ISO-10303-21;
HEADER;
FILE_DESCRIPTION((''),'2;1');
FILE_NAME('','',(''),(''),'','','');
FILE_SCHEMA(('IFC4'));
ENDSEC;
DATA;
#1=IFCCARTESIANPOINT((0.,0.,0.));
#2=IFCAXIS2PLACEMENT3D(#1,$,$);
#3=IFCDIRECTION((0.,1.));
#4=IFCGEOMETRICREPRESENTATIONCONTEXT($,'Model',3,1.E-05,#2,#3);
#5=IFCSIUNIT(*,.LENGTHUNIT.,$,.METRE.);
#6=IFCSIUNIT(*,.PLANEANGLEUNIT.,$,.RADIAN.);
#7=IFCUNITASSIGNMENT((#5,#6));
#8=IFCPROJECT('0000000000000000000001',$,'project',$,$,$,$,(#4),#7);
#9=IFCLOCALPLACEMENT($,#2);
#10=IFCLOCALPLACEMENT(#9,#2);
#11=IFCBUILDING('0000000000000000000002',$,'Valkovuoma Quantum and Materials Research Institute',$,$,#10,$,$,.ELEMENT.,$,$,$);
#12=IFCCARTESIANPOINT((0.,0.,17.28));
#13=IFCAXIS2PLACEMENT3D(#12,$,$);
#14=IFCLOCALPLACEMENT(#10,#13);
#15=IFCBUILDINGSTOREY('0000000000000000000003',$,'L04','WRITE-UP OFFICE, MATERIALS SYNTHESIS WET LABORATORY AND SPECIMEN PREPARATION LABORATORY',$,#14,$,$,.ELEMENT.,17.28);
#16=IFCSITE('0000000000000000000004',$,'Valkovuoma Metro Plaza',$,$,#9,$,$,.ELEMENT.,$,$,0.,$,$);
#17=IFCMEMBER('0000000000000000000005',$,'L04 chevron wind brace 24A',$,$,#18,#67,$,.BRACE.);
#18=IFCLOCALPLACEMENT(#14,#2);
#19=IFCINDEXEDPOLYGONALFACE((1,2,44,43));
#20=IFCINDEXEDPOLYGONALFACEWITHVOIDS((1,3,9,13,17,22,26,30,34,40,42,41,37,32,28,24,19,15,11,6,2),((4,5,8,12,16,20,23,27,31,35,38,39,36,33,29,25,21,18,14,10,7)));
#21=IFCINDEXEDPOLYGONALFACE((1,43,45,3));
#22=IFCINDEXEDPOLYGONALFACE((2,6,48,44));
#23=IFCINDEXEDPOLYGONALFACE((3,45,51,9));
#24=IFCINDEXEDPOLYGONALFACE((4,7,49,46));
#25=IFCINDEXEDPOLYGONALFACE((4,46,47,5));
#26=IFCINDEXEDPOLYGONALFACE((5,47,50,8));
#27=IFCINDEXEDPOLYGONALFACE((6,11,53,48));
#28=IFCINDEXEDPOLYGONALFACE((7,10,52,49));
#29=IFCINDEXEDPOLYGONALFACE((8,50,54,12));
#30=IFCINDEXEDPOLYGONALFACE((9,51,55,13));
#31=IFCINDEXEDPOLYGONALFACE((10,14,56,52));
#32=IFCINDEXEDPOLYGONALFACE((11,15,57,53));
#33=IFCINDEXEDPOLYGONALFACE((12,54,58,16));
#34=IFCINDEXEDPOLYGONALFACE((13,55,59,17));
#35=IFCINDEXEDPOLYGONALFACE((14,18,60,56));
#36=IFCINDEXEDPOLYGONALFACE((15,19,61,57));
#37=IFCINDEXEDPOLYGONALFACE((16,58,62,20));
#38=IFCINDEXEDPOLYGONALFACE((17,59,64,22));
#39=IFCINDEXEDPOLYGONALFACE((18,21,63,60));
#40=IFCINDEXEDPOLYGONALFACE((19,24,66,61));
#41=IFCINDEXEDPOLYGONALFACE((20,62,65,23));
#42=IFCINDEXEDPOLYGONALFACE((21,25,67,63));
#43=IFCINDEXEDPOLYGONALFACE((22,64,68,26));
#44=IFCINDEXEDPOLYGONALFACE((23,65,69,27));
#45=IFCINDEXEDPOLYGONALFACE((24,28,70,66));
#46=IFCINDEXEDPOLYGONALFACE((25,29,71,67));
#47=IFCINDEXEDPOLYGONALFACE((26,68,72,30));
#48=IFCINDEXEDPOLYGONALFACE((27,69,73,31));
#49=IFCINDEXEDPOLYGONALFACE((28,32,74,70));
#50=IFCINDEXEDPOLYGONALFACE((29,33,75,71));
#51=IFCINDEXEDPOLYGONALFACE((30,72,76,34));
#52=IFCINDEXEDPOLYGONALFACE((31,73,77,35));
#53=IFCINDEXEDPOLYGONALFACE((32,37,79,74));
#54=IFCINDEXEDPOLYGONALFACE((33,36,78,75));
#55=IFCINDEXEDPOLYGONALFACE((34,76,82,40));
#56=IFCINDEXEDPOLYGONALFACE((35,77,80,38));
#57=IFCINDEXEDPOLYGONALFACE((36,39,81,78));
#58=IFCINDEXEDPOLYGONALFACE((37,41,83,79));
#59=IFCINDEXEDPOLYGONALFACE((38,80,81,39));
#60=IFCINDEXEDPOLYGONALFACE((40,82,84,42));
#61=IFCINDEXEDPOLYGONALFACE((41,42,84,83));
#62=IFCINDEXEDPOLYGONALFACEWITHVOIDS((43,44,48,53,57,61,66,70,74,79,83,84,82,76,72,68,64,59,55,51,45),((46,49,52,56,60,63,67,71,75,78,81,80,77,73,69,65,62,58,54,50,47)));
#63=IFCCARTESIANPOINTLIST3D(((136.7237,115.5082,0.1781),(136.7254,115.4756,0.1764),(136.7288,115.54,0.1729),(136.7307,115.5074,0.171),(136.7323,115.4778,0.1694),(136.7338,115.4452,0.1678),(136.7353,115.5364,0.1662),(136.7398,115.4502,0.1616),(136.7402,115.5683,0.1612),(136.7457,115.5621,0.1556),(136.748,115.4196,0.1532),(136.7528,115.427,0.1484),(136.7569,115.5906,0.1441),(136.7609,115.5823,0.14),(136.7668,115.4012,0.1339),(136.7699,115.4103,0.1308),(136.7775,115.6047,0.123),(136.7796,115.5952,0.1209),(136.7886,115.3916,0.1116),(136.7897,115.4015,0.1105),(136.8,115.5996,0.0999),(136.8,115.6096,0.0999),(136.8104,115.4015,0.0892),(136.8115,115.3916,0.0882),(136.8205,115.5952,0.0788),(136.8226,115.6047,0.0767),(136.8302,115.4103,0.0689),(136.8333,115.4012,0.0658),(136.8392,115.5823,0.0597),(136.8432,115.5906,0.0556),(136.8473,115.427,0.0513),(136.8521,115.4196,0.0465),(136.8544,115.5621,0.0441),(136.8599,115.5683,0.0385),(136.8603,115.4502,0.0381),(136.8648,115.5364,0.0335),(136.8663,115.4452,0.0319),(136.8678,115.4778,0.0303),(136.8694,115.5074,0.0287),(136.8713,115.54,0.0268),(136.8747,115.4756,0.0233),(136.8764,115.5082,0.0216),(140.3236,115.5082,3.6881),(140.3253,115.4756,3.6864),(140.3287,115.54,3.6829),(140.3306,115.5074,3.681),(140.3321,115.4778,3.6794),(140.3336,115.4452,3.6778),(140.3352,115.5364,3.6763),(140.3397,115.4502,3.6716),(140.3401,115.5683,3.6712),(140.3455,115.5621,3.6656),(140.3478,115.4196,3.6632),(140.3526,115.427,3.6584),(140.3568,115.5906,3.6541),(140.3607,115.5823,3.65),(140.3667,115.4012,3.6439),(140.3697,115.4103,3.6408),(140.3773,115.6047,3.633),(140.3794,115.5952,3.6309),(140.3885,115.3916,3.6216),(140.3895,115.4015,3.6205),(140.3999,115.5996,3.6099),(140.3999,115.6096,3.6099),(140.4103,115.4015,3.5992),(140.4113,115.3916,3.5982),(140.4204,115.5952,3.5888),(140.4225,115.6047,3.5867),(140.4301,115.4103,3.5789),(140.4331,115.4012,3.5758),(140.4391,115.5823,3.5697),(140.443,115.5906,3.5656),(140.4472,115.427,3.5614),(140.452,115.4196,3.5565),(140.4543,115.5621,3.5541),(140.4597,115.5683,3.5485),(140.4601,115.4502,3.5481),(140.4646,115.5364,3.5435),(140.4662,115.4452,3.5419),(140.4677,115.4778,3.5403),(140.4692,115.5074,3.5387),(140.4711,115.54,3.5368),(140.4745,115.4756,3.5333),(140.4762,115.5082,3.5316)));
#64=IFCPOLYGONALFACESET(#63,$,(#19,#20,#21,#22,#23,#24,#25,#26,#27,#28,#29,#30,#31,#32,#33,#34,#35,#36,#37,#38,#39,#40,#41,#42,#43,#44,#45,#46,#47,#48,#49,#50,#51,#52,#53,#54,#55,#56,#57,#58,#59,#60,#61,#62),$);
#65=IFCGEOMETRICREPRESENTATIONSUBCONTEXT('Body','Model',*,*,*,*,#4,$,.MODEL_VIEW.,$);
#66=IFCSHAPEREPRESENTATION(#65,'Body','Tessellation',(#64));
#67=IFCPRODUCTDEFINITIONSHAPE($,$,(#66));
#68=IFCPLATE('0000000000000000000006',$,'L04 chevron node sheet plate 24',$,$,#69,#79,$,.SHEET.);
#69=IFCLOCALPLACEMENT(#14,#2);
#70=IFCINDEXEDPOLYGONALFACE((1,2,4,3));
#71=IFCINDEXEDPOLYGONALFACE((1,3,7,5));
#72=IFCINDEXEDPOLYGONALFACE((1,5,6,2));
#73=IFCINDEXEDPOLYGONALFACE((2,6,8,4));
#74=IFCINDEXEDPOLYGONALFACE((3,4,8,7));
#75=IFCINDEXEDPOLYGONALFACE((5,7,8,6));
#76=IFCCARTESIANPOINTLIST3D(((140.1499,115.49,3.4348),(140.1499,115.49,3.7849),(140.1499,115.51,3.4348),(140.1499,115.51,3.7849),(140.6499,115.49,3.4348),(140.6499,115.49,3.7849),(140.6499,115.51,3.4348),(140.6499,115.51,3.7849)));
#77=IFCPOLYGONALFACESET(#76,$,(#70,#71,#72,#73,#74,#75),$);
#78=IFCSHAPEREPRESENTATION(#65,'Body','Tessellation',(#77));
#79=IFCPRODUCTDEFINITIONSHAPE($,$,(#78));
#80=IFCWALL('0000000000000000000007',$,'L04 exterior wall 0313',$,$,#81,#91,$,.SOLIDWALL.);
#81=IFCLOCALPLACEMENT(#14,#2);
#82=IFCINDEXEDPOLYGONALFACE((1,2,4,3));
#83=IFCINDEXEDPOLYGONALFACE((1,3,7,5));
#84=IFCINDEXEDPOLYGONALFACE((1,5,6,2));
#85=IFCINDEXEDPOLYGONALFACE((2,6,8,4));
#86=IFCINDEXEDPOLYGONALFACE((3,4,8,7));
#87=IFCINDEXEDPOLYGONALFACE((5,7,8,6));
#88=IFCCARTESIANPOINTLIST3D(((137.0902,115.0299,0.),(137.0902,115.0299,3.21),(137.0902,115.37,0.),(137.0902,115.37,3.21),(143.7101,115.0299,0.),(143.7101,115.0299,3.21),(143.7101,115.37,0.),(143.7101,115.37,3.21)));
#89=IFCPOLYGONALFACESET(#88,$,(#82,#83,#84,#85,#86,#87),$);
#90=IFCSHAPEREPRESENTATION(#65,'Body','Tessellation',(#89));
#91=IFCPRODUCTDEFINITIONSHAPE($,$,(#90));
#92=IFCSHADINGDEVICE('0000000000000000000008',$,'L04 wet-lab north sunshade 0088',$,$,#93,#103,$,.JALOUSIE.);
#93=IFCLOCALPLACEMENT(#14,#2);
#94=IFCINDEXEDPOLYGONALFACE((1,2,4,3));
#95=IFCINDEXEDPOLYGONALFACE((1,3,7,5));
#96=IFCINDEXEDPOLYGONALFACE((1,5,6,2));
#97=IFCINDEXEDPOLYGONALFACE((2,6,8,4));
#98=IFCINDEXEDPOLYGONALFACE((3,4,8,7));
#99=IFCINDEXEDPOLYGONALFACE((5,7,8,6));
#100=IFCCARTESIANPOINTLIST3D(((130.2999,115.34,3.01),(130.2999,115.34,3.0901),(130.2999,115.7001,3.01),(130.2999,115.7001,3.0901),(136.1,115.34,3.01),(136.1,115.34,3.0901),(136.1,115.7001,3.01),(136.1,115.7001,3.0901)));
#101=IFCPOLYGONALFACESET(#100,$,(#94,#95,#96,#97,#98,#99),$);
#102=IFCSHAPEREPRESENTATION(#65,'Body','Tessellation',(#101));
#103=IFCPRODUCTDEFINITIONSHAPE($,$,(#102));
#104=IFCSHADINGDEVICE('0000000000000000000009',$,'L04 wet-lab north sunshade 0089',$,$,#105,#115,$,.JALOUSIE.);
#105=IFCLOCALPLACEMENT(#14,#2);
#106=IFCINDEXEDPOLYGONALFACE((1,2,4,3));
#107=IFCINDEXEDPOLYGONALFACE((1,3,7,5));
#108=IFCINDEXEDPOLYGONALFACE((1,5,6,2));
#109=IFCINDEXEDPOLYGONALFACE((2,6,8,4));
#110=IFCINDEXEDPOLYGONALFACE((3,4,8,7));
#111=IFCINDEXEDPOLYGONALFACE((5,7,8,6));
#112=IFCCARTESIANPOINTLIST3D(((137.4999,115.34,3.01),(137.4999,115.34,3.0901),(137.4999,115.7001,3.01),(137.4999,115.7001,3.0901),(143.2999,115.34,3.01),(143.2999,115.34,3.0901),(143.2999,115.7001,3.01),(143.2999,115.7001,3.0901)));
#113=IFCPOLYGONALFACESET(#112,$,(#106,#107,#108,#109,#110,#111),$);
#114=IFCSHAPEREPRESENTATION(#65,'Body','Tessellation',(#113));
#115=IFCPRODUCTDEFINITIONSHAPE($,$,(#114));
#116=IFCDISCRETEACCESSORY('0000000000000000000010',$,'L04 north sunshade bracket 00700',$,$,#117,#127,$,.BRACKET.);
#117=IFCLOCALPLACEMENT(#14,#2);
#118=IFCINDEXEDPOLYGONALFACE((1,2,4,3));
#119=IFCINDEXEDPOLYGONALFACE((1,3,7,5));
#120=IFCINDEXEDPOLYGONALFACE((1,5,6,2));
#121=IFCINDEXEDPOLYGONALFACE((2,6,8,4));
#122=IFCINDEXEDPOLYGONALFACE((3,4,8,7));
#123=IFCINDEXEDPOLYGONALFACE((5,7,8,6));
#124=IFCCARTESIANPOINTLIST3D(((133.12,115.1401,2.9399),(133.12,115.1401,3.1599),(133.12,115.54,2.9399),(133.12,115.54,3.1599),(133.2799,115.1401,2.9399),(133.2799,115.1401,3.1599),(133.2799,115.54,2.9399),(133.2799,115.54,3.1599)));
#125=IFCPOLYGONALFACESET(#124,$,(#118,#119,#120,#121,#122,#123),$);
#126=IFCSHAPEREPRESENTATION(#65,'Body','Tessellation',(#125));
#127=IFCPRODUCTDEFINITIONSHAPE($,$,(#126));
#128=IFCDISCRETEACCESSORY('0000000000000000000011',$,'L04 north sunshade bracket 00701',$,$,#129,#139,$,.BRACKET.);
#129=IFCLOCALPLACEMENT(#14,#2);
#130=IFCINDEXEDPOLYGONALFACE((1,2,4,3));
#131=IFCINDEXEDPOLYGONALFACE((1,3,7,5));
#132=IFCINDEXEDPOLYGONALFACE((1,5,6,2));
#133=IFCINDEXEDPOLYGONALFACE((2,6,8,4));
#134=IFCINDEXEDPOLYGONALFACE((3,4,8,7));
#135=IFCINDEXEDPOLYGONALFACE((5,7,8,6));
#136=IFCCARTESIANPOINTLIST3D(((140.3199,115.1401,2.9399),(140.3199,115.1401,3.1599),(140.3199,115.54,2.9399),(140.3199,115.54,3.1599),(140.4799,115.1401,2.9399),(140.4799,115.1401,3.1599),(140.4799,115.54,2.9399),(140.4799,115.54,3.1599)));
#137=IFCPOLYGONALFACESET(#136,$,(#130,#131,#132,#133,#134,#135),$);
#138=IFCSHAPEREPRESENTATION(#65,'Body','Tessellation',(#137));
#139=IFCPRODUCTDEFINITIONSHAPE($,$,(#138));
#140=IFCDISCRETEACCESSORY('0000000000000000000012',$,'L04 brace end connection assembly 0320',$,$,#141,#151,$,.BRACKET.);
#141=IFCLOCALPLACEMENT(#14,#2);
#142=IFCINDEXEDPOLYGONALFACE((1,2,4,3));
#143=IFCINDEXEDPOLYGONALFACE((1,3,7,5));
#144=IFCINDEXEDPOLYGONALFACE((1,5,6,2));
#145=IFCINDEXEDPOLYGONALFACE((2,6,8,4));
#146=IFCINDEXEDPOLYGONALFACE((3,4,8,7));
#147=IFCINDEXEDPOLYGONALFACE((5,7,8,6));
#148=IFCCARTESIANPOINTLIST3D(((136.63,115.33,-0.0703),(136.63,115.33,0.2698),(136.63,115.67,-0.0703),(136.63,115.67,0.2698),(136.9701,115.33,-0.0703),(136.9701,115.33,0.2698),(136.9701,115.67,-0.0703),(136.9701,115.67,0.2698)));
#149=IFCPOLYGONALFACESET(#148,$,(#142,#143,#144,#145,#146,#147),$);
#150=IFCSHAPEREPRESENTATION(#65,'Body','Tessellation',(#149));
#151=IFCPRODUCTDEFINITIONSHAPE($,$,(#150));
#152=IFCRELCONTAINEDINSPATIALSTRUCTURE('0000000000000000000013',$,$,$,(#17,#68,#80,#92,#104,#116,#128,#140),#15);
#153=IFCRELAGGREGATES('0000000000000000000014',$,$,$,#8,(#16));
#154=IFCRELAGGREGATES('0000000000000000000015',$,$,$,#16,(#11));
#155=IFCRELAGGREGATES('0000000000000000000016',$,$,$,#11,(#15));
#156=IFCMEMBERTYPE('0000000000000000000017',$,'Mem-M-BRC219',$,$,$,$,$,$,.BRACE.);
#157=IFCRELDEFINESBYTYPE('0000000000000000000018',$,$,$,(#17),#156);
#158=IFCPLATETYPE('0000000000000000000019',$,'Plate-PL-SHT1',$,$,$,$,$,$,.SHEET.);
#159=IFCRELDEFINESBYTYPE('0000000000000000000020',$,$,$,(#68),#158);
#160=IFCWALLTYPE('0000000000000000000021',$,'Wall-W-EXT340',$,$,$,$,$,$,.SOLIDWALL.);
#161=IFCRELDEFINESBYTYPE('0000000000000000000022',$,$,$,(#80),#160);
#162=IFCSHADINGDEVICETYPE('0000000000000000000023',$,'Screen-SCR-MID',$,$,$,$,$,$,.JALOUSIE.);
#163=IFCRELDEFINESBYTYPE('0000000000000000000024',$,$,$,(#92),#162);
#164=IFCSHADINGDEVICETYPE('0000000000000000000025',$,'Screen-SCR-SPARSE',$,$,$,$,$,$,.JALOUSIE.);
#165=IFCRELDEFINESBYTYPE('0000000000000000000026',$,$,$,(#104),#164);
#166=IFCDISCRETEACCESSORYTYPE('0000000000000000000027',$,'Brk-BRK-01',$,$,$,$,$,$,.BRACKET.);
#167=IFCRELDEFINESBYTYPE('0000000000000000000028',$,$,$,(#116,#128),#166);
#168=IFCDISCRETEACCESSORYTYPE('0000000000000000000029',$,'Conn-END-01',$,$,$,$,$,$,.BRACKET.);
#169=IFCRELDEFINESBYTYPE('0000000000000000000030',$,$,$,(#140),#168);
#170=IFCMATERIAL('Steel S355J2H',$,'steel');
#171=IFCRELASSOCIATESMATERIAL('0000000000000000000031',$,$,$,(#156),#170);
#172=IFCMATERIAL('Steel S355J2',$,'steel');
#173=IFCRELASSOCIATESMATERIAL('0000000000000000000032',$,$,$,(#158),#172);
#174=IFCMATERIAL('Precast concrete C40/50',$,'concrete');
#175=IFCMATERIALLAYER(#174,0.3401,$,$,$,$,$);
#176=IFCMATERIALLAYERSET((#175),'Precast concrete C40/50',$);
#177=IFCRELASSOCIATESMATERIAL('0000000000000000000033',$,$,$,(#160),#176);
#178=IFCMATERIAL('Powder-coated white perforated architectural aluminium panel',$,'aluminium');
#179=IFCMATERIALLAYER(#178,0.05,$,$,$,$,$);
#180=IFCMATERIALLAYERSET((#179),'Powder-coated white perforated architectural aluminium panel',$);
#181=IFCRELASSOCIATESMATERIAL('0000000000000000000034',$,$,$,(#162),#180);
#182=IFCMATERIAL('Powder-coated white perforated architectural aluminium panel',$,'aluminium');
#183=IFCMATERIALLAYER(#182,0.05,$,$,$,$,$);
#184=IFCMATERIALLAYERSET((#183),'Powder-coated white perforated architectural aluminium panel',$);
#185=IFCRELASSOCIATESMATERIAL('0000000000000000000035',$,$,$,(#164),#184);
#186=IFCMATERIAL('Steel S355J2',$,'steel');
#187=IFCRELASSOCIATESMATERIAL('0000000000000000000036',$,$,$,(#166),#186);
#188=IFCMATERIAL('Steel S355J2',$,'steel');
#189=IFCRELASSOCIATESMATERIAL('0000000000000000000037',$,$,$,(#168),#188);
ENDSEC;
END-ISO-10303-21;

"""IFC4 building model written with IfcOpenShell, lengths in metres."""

from ifc_helpers import new_model, si_unit, direction, frame, frame_2d, origin, origin_2d, place, context, subcontext, project, spatial, rectangle, hollow_circle, extrude, material, layer, layer_set, material_profile, profile_set, type_object, element, save


model = new_model("IFC4")

# Units and contexts
model_context = context("Model", 3, precision=1e-05, world=origin(), true_north=direction((0.0, 1.0)))
body_context = subcontext(model_context, "Body", "Model", "MODEL_VIEW")
ifc_project = project(units=[si_unit("LENGTHUNIT", "METRE"), si_unit("PLANEANGLEUNIT", "RADIAN")], contexts=[model_context])

# Site, building, storey
site_placement = place(None, origin())
site = spatial("IfcSite", under=ifc_project, at=site_placement, Name="Valkovuoma Metro Plaza", CompositionType="ELEMENT", RefElevation=0.0)
building_placement = place(site_placement, origin())
building = spatial("IfcBuilding", under=site, at=building_placement, Name="Valkovuoma Quantum and Materials Research Institute", CompositionType="ELEMENT")
storey_placement = place(building_placement, frame((0.0, 0.0, 17.28)))
storey = spatial("IfcBuildingStorey", under=building, at=storey_placement, Name="L04", Description="WRITE-UP OFFICE, MATERIALS SYNTHESIS WET LABORATORY AND SPECIMEN PREPARATION LABORATORY", CompositionType="ELEMENT", Elevation=17.28)

# Member
ifc_material_1 = material(Name="Steel S355J2H", Category="steel")
ifc_material_profile_1 = material_profile(ifc_material_1, hollow_circle(Radius=0.1096, WallThickness=0.01, at=origin_2d()), Name="Steel S355J2H")
ifc_profile_set_1 = profile_set([ifc_material_profile_1], Name="Steel S355J2H")
member_type = type_object("IfcMemberType", Name="Mem-M-BRC219", PredefinedType="BRACE", material=ifc_profile_set_1)
member_placement = place(storey_placement, frame((136.8, 115.5, 0.0999), z_axis=(0.715985, 0.0, 0.698116), x_axis=(0.0, 1.0, 0.0)))
element("IfcMember", 1, at=member_placement, inside=storey, type_object=member_type, Name="L04 chevron wind brace 24A", PredefinedType="BRACE", context=body_context, shape_type="SweptSolid", body=[
    extrude(hollow_circle(Radius=0.1096, WallThickness=0.01, at=origin_2d()), origin(), (0.0, 0.0, 1.0), 5.0278),
])

# Plate
ifc_material_2 = material(Name="Steel S355J2", Category="steel")
plate_type = type_object("IfcPlateType", Name="Plate-PL-SHT1", PredefinedType="SHEET", material=ifc_material_2)
plate_placement = place(storey_placement, frame((140.3999, 115.5, 3.4348), z_axis=(0.0, 0.0, 1.0), x_axis=(1.0, 0.0, 0.0)))
element("IfcPlate", 2, at=plate_placement, inside=storey, type_object=plate_type, Name="L04 chevron node sheet plate 24", PredefinedType="SHEET", context=body_context, shape_type="SweptSolid", body=[
    extrude(rectangle(XDim=0.5, YDim=0.02, at=origin_2d()), origin(), (0.0, 0.0, 1.0), 0.3501),
])

# Wall
ifc_material_3 = material(Name="Precast concrete C40/50", Category="concrete")
ifc_layer_1 = layer(ifc_material_3, 0.3401)
ifc_layer_set_1 = layer_set([ifc_layer_1], Name="Precast concrete C40/50")
wall_type = type_object("IfcWallType", Name="Wall-W-EXT340", PredefinedType="SOLIDWALL", material=ifc_layer_set_1)
wall_placement = place(storey_placement, frame((137.0901, 115.2, 0.0), z_axis=(0.0, 0.0, 1.0), x_axis=(1.0, 0.0, 0.0)))
element("IfcWall", 3, at=wall_placement, inside=storey, type_object=wall_type, Name="L04 exterior wall 0313", PredefinedType="SOLIDWALL", context=body_context, shape_type="SweptSolid", body=[
    extrude(rectangle(XDim=6.6199, YDim=0.3401, at=frame_2d((3.3101, 0.0))), origin(), (0.0, 0.0, 1.0), 3.21),
])

# Shading devices
ifc_material_4 = material(Name="Powder-coated white perforated architectural aluminium panel", Category="aluminium")
ifc_layer_2 = layer(ifc_material_4, 0.05)
ifc_layer_set_2 = layer_set([ifc_layer_2], Name="Powder-coated white perforated architectural aluminium panel")
shading_device_type_1 = type_object("IfcShadingDeviceType", Name="Screen-SCR-MID", PredefinedType="JALOUSIE", material=ifc_layer_set_2)
shading_device_1_placement = place(storey_placement, frame((133.2, 115.52, 3.01), z_axis=(0.0, 0.0, 1.0), x_axis=(1.0, 0.0, 0.0)))
element("IfcShadingDevice", 4, at=shading_device_1_placement, inside=storey, type_object=shading_device_type_1, Name="L04 wet-lab north sunshade 0088", PredefinedType="JALOUSIE", context=body_context, shape_type="SweptSolid", body=[
    extrude(rectangle(XDim=5.8, YDim=0.3601, at=origin_2d()), origin(), (0.0, 0.0, 1.0), 0.0801),
])
ifc_material_5 = material(Name="Powder-coated white perforated architectural aluminium panel", Category="aluminium")
ifc_layer_3 = layer(ifc_material_5, 0.05)
ifc_layer_set_3 = layer_set([ifc_layer_3], Name="Powder-coated white perforated architectural aluminium panel")
shading_device_type_2 = type_object("IfcShadingDeviceType", Name="Screen-SCR-SPARSE", PredefinedType="JALOUSIE", material=ifc_layer_set_3)
shading_device_2_placement = place(storey_placement, frame((140.3999, 115.52, 3.01), z_axis=(0.0, 0.0, 1.0), x_axis=(1.0, 0.0, 0.0)))
element("IfcShadingDevice", 5, at=shading_device_2_placement, inside=storey, type_object=shading_device_type_2, Name="L04 wet-lab north sunshade 0089", PredefinedType="JALOUSIE", context=body_context, shape_type="SweptSolid", body=[
    extrude(rectangle(XDim=5.8, YDim=0.3601, at=origin_2d()), origin(), (0.0, 0.0, 1.0), 0.0801),
])

# Discrete accessories
ifc_material_6 = material(Name="Steel S355J2", Category="steel")
discrete_accessory_type_1 = type_object("IfcDiscreteAccessoryType", Name="Brk-BRK-01", PredefinedType="BRACKET", material=ifc_material_6)
for number, where, z_axis, x_axis, name in (
    (6, (133.2, 115.3401, 2.9399), (0.0, 0.0, 1.0), (1.0, 0.0, 0.0), "L04 north sunshade bracket 00700"),
    (7, (140.3999, 115.3401, 2.9399), (0.0, 0.0, 1.0), (1.0, 0.0, 0.0), "L04 north sunshade bracket 00701"),
):
    element("IfcDiscreteAccessory", number, at=place(storey_placement, frame(where, z_axis=z_axis, x_axis=x_axis)), inside=storey, type_object=discrete_accessory_type_1, Name=name, PredefinedType="BRACKET", context=body_context, shape_type="SweptSolid", body=[
        extrude(rectangle(XDim=0.1599, YDim=0.3999, at=origin_2d()), origin(), (0.0, 0.0, 1.0), 0.22),
    ])
ifc_material_7 = material(Name="Steel S355J2", Category="steel")
discrete_accessory_type_2 = type_object("IfcDiscreteAccessoryType", Name="Conn-END-01", PredefinedType="BRACKET", material=ifc_material_7)
discrete_accessory_placement = place(storey_placement, frame((136.8, 115.5, -0.0703), z_axis=(0.0, 0.0, 1.0), x_axis=(1.0, 0.0, 0.0)))
element("IfcDiscreteAccessory", 8, at=discrete_accessory_placement, inside=storey, type_object=discrete_accessory_type_2, Name="L04 brace end connection assembly 0320", PredefinedType="BRACKET", context=body_context, shape_type="SweptSolid", body=[
    extrude(rectangle(XDim=0.3401, YDim=0.3401, at=origin_2d()), origin(), (0.0, 0.0, 1.0), 0.3401),
])

save(model, "model.ifc")
